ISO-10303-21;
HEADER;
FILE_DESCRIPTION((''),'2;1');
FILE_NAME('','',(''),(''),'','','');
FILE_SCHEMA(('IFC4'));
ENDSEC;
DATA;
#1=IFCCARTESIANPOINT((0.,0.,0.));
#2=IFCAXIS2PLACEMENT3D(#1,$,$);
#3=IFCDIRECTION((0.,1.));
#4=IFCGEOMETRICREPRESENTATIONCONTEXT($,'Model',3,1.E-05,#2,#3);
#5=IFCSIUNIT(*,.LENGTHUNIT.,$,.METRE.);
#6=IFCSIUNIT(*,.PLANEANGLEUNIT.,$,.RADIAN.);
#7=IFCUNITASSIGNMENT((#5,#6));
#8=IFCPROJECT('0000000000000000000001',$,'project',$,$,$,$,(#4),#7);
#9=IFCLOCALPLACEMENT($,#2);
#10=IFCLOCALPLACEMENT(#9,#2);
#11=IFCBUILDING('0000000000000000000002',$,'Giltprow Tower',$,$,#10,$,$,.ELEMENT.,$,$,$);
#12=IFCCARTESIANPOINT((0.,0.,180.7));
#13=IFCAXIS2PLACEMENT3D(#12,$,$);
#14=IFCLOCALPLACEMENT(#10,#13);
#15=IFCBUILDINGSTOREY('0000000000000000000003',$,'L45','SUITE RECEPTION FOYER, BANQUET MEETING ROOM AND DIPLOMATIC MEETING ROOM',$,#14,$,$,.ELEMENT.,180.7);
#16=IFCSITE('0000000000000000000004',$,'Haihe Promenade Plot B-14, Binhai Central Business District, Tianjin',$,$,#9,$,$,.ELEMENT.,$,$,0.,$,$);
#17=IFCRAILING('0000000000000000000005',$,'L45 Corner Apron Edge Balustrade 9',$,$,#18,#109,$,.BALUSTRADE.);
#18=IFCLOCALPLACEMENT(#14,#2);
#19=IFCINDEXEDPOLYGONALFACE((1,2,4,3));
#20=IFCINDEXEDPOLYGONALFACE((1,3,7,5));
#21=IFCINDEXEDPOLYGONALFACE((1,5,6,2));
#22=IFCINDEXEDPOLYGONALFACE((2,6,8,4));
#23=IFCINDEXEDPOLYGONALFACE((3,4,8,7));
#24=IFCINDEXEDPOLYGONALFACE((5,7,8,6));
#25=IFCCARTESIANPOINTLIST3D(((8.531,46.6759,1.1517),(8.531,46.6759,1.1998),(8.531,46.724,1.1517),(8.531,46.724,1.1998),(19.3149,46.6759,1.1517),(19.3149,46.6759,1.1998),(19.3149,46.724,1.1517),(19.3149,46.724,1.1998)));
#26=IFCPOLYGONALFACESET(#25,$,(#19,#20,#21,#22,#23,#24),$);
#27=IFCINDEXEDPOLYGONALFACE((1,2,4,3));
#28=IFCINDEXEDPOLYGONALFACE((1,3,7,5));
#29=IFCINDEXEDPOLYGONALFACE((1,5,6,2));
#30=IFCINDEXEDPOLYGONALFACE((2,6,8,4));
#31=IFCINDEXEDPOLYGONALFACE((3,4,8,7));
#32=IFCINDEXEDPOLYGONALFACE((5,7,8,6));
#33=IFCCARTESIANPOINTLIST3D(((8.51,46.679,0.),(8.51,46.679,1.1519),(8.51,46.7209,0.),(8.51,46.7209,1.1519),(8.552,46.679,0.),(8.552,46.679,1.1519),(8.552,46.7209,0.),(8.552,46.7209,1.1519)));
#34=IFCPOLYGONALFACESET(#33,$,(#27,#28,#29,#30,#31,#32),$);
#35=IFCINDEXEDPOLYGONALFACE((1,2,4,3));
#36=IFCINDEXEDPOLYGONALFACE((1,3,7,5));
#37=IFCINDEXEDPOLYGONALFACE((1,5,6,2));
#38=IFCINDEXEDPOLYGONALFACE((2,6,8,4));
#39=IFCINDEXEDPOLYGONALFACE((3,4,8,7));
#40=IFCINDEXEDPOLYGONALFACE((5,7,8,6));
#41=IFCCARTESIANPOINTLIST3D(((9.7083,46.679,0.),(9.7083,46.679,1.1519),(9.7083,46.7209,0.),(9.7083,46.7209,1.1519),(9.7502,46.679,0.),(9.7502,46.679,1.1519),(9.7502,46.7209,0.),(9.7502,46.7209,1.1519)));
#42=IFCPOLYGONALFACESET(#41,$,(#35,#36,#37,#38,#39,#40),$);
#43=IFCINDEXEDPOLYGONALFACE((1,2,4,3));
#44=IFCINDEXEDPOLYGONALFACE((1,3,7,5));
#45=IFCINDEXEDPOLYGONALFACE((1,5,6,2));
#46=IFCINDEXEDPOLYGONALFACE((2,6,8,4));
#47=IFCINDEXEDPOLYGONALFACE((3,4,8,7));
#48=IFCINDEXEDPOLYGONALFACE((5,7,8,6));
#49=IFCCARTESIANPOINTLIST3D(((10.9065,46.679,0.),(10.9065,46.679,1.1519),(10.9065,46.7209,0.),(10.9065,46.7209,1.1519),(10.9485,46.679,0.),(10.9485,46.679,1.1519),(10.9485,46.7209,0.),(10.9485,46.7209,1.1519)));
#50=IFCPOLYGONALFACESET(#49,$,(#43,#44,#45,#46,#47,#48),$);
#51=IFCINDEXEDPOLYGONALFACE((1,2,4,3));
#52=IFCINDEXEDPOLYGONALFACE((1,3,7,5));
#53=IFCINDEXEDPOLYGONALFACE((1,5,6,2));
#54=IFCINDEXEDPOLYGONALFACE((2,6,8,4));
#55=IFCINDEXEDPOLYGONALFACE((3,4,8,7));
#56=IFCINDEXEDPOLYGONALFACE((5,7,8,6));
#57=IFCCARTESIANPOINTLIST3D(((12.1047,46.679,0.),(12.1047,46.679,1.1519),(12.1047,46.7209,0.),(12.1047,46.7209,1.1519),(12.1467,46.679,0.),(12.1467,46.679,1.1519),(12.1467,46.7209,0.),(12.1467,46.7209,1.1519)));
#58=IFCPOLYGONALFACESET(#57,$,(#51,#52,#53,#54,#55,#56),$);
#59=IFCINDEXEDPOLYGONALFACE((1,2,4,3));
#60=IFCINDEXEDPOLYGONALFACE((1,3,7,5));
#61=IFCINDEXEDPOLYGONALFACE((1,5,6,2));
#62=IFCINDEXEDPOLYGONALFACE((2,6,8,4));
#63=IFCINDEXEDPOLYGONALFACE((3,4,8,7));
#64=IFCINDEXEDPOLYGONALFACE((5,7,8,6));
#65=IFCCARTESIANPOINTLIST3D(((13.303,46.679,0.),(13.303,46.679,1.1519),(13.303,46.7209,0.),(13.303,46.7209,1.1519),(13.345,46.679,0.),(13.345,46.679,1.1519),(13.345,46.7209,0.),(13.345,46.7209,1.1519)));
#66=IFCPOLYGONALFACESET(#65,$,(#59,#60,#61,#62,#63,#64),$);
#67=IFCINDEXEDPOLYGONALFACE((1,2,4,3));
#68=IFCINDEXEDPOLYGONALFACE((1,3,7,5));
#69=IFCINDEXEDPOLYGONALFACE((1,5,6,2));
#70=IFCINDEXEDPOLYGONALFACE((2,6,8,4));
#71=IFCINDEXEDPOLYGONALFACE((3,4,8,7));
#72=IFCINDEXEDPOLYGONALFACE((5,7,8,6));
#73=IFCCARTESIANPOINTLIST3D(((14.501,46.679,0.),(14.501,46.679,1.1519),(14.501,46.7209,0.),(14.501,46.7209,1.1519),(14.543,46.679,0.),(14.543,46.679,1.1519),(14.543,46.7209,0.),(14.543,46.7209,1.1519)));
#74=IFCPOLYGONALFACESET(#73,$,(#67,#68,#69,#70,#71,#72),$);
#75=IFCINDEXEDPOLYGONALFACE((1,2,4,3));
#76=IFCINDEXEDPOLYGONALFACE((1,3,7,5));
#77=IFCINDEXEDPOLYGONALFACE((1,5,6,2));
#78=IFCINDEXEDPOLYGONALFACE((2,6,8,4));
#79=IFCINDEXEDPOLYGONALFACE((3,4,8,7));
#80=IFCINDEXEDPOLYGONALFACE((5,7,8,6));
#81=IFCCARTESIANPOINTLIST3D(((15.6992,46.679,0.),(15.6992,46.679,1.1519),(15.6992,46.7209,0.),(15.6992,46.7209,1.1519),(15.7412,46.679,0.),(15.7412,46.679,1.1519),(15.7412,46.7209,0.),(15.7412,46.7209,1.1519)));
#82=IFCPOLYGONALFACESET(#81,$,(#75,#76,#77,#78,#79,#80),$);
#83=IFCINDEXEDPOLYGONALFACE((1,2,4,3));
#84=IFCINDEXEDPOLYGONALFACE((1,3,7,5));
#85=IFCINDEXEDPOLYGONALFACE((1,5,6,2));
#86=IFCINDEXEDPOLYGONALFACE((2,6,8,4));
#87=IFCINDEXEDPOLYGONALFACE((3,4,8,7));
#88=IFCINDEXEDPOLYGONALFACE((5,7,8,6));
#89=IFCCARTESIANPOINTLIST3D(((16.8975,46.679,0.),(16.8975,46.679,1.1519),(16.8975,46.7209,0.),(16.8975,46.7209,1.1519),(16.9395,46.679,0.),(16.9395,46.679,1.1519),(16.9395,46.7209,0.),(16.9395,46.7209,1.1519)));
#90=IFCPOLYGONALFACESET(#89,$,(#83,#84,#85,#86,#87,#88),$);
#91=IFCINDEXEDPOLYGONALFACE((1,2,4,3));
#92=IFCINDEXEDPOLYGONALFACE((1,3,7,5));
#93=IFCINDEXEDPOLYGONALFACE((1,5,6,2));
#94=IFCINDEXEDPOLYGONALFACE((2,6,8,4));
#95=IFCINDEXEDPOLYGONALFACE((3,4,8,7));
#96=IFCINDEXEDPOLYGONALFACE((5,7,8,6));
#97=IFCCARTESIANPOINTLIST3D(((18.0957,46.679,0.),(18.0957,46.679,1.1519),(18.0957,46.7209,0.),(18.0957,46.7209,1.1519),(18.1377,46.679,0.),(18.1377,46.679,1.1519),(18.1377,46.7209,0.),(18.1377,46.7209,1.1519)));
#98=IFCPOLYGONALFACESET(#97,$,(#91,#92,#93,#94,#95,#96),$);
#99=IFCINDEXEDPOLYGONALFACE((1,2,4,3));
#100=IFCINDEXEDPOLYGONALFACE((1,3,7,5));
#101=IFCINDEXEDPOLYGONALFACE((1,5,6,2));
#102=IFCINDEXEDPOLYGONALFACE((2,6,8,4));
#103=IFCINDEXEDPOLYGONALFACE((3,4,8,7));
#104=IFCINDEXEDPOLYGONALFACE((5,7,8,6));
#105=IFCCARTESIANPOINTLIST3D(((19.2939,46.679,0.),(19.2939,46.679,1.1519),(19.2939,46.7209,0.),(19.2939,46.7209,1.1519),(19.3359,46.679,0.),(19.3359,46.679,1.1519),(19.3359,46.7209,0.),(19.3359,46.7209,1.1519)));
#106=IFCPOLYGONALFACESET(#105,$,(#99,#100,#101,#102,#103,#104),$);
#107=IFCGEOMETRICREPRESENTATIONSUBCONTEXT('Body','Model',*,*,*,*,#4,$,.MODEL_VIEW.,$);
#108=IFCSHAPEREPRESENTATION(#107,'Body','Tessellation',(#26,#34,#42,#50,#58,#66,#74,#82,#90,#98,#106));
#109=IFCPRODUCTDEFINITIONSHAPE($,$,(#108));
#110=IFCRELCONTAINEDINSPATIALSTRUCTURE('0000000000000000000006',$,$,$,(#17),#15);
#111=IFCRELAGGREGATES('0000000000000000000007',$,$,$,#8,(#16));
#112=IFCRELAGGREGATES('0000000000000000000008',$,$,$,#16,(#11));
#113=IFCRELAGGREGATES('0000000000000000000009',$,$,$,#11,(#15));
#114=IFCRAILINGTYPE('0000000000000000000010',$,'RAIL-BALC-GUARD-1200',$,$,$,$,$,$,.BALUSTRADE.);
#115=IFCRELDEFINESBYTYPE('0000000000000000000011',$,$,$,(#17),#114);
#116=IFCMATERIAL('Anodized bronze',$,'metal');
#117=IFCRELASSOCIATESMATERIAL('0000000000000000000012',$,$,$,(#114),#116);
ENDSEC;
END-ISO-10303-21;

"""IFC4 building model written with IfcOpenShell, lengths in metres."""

from ifc_helpers import new_model, si_unit, direction, frame, origin, origin_2d, place, context, subcontext, project, spatial, rectangle, extrude, material, type_object, element, save


model = new_model("IFC4")

# Units and contexts
model_context = context("Model", 3, precision=1e-05, world=origin(), true_north=direction((0.0, 1.0)))
body_context = subcontext(model_context, "Body", "Model", "MODEL_VIEW")
ifc_project = project(units=[si_unit("LENGTHUNIT", "METRE"), si_unit("PLANEANGLEUNIT", "RADIAN")], contexts=[model_context])

# Site, building, storey
site_placement = place(None, origin())
site = spatial("IfcSite", under=ifc_project, at=site_placement, Name="Haihe Promenade Plot B-14, Binhai Central Business District, Tianjin", CompositionType="ELEMENT", RefElevation=0.0)
building_placement = place(site_placement, origin())
building = spatial("IfcBuilding", under=site, at=building_placement, Name="Giltprow Tower", CompositionType="ELEMENT")
storey_placement = place(building_placement, frame((0.0, 0.0, 180.7)))
storey = spatial("IfcBuildingStorey", under=building, at=storey_placement, Name="L45", Description="SUITE RECEPTION FOYER, BANQUET MEETING ROOM AND DIPLOMATIC MEETING ROOM", CompositionType="ELEMENT", Elevation=180.7)

# Railing
ifc_material_1 = material(Name="Anodized bronze", Category="metal")
railing_type = type_object("IfcRailingType", Name="RAIL-BALC-GUARD-1200", PredefinedType="BALUSTRADE", material=ifc_material_1)
railing_1_placement = place(storey_placement, frame((8.531, 46.7, 0.0)))
element("IfcRailing", 1, at=railing_1_placement, inside=storey, type_object=railing_type, Name="L45 Corner Apron Edge Balustrade 9", PredefinedType="BALUSTRADE", context=body_context, shape_type="SweptSolid", body=[
    extrude(rectangle(XDim=0.0481, YDim=0.0481, at=origin_2d()), frame((0.0, 0.0, 1.1758), z_axis=(1.0, 0.0, 0.0), x_axis=(0.0, 1.0, 0.0)), (0.0, 0.0, 1.0), 10.7839),
    extrude(rectangle(XDim=0.042, YDim=0.042, at=origin_2d()), origin(), (0.0, 0.0, 1.0), 1.1519),
    extrude(rectangle(XDim=0.042, YDim=0.042, at=origin_2d()), frame((1.1982, 0.0, 0.0)), (0.0, 0.0, 1.0), 1.1519),
    extrude(rectangle(XDim=0.042, YDim=0.042, at=origin_2d()), frame((2.3965, 0.0, 0.0)), (0.0, 0.0, 1.0), 1.1519),
    extrude(rectangle(XDim=0.042, YDim=0.042, at=origin_2d()), frame((3.5947, 0.0, 0.0)), (0.0, 0.0, 1.0), 1.1519),
    extrude(rectangle(XDim=0.042, YDim=0.042, at=origin_2d()), frame((4.793, 0.0, 0.0)), (0.0, 0.0, 1.0), 1.1519),
    extrude(rectangle(XDim=0.042, YDim=0.042, at=origin_2d()), frame((5.991, 0.0, 0.0)), (0.0, 0.0, 1.0), 1.1519),
    extrude(rectangle(XDim=0.042, YDim=0.042, at=origin_2d()), frame((7.1892, 0.0, 0.0)), (0.0, 0.0, 1.0), 1.1519),
    extrude(rectangle(XDim=0.042, YDim=0.042, at=origin_2d()), frame((8.3875, 0.0, 0.0)), (0.0, 0.0, 1.0), 1.1519),
    extrude(rectangle(XDim=0.042, YDim=0.042, at=origin_2d()), frame((9.5857, 0.0, 0.0)), (0.0, 0.0, 1.0), 1.1519),
    extrude(rectangle(XDim=0.042, YDim=0.042, at=origin_2d()), frame((10.7839, 0.0, 0.0)), (0.0, 0.0, 1.0), 1.1519),
])

save(model, "model.ifc")
